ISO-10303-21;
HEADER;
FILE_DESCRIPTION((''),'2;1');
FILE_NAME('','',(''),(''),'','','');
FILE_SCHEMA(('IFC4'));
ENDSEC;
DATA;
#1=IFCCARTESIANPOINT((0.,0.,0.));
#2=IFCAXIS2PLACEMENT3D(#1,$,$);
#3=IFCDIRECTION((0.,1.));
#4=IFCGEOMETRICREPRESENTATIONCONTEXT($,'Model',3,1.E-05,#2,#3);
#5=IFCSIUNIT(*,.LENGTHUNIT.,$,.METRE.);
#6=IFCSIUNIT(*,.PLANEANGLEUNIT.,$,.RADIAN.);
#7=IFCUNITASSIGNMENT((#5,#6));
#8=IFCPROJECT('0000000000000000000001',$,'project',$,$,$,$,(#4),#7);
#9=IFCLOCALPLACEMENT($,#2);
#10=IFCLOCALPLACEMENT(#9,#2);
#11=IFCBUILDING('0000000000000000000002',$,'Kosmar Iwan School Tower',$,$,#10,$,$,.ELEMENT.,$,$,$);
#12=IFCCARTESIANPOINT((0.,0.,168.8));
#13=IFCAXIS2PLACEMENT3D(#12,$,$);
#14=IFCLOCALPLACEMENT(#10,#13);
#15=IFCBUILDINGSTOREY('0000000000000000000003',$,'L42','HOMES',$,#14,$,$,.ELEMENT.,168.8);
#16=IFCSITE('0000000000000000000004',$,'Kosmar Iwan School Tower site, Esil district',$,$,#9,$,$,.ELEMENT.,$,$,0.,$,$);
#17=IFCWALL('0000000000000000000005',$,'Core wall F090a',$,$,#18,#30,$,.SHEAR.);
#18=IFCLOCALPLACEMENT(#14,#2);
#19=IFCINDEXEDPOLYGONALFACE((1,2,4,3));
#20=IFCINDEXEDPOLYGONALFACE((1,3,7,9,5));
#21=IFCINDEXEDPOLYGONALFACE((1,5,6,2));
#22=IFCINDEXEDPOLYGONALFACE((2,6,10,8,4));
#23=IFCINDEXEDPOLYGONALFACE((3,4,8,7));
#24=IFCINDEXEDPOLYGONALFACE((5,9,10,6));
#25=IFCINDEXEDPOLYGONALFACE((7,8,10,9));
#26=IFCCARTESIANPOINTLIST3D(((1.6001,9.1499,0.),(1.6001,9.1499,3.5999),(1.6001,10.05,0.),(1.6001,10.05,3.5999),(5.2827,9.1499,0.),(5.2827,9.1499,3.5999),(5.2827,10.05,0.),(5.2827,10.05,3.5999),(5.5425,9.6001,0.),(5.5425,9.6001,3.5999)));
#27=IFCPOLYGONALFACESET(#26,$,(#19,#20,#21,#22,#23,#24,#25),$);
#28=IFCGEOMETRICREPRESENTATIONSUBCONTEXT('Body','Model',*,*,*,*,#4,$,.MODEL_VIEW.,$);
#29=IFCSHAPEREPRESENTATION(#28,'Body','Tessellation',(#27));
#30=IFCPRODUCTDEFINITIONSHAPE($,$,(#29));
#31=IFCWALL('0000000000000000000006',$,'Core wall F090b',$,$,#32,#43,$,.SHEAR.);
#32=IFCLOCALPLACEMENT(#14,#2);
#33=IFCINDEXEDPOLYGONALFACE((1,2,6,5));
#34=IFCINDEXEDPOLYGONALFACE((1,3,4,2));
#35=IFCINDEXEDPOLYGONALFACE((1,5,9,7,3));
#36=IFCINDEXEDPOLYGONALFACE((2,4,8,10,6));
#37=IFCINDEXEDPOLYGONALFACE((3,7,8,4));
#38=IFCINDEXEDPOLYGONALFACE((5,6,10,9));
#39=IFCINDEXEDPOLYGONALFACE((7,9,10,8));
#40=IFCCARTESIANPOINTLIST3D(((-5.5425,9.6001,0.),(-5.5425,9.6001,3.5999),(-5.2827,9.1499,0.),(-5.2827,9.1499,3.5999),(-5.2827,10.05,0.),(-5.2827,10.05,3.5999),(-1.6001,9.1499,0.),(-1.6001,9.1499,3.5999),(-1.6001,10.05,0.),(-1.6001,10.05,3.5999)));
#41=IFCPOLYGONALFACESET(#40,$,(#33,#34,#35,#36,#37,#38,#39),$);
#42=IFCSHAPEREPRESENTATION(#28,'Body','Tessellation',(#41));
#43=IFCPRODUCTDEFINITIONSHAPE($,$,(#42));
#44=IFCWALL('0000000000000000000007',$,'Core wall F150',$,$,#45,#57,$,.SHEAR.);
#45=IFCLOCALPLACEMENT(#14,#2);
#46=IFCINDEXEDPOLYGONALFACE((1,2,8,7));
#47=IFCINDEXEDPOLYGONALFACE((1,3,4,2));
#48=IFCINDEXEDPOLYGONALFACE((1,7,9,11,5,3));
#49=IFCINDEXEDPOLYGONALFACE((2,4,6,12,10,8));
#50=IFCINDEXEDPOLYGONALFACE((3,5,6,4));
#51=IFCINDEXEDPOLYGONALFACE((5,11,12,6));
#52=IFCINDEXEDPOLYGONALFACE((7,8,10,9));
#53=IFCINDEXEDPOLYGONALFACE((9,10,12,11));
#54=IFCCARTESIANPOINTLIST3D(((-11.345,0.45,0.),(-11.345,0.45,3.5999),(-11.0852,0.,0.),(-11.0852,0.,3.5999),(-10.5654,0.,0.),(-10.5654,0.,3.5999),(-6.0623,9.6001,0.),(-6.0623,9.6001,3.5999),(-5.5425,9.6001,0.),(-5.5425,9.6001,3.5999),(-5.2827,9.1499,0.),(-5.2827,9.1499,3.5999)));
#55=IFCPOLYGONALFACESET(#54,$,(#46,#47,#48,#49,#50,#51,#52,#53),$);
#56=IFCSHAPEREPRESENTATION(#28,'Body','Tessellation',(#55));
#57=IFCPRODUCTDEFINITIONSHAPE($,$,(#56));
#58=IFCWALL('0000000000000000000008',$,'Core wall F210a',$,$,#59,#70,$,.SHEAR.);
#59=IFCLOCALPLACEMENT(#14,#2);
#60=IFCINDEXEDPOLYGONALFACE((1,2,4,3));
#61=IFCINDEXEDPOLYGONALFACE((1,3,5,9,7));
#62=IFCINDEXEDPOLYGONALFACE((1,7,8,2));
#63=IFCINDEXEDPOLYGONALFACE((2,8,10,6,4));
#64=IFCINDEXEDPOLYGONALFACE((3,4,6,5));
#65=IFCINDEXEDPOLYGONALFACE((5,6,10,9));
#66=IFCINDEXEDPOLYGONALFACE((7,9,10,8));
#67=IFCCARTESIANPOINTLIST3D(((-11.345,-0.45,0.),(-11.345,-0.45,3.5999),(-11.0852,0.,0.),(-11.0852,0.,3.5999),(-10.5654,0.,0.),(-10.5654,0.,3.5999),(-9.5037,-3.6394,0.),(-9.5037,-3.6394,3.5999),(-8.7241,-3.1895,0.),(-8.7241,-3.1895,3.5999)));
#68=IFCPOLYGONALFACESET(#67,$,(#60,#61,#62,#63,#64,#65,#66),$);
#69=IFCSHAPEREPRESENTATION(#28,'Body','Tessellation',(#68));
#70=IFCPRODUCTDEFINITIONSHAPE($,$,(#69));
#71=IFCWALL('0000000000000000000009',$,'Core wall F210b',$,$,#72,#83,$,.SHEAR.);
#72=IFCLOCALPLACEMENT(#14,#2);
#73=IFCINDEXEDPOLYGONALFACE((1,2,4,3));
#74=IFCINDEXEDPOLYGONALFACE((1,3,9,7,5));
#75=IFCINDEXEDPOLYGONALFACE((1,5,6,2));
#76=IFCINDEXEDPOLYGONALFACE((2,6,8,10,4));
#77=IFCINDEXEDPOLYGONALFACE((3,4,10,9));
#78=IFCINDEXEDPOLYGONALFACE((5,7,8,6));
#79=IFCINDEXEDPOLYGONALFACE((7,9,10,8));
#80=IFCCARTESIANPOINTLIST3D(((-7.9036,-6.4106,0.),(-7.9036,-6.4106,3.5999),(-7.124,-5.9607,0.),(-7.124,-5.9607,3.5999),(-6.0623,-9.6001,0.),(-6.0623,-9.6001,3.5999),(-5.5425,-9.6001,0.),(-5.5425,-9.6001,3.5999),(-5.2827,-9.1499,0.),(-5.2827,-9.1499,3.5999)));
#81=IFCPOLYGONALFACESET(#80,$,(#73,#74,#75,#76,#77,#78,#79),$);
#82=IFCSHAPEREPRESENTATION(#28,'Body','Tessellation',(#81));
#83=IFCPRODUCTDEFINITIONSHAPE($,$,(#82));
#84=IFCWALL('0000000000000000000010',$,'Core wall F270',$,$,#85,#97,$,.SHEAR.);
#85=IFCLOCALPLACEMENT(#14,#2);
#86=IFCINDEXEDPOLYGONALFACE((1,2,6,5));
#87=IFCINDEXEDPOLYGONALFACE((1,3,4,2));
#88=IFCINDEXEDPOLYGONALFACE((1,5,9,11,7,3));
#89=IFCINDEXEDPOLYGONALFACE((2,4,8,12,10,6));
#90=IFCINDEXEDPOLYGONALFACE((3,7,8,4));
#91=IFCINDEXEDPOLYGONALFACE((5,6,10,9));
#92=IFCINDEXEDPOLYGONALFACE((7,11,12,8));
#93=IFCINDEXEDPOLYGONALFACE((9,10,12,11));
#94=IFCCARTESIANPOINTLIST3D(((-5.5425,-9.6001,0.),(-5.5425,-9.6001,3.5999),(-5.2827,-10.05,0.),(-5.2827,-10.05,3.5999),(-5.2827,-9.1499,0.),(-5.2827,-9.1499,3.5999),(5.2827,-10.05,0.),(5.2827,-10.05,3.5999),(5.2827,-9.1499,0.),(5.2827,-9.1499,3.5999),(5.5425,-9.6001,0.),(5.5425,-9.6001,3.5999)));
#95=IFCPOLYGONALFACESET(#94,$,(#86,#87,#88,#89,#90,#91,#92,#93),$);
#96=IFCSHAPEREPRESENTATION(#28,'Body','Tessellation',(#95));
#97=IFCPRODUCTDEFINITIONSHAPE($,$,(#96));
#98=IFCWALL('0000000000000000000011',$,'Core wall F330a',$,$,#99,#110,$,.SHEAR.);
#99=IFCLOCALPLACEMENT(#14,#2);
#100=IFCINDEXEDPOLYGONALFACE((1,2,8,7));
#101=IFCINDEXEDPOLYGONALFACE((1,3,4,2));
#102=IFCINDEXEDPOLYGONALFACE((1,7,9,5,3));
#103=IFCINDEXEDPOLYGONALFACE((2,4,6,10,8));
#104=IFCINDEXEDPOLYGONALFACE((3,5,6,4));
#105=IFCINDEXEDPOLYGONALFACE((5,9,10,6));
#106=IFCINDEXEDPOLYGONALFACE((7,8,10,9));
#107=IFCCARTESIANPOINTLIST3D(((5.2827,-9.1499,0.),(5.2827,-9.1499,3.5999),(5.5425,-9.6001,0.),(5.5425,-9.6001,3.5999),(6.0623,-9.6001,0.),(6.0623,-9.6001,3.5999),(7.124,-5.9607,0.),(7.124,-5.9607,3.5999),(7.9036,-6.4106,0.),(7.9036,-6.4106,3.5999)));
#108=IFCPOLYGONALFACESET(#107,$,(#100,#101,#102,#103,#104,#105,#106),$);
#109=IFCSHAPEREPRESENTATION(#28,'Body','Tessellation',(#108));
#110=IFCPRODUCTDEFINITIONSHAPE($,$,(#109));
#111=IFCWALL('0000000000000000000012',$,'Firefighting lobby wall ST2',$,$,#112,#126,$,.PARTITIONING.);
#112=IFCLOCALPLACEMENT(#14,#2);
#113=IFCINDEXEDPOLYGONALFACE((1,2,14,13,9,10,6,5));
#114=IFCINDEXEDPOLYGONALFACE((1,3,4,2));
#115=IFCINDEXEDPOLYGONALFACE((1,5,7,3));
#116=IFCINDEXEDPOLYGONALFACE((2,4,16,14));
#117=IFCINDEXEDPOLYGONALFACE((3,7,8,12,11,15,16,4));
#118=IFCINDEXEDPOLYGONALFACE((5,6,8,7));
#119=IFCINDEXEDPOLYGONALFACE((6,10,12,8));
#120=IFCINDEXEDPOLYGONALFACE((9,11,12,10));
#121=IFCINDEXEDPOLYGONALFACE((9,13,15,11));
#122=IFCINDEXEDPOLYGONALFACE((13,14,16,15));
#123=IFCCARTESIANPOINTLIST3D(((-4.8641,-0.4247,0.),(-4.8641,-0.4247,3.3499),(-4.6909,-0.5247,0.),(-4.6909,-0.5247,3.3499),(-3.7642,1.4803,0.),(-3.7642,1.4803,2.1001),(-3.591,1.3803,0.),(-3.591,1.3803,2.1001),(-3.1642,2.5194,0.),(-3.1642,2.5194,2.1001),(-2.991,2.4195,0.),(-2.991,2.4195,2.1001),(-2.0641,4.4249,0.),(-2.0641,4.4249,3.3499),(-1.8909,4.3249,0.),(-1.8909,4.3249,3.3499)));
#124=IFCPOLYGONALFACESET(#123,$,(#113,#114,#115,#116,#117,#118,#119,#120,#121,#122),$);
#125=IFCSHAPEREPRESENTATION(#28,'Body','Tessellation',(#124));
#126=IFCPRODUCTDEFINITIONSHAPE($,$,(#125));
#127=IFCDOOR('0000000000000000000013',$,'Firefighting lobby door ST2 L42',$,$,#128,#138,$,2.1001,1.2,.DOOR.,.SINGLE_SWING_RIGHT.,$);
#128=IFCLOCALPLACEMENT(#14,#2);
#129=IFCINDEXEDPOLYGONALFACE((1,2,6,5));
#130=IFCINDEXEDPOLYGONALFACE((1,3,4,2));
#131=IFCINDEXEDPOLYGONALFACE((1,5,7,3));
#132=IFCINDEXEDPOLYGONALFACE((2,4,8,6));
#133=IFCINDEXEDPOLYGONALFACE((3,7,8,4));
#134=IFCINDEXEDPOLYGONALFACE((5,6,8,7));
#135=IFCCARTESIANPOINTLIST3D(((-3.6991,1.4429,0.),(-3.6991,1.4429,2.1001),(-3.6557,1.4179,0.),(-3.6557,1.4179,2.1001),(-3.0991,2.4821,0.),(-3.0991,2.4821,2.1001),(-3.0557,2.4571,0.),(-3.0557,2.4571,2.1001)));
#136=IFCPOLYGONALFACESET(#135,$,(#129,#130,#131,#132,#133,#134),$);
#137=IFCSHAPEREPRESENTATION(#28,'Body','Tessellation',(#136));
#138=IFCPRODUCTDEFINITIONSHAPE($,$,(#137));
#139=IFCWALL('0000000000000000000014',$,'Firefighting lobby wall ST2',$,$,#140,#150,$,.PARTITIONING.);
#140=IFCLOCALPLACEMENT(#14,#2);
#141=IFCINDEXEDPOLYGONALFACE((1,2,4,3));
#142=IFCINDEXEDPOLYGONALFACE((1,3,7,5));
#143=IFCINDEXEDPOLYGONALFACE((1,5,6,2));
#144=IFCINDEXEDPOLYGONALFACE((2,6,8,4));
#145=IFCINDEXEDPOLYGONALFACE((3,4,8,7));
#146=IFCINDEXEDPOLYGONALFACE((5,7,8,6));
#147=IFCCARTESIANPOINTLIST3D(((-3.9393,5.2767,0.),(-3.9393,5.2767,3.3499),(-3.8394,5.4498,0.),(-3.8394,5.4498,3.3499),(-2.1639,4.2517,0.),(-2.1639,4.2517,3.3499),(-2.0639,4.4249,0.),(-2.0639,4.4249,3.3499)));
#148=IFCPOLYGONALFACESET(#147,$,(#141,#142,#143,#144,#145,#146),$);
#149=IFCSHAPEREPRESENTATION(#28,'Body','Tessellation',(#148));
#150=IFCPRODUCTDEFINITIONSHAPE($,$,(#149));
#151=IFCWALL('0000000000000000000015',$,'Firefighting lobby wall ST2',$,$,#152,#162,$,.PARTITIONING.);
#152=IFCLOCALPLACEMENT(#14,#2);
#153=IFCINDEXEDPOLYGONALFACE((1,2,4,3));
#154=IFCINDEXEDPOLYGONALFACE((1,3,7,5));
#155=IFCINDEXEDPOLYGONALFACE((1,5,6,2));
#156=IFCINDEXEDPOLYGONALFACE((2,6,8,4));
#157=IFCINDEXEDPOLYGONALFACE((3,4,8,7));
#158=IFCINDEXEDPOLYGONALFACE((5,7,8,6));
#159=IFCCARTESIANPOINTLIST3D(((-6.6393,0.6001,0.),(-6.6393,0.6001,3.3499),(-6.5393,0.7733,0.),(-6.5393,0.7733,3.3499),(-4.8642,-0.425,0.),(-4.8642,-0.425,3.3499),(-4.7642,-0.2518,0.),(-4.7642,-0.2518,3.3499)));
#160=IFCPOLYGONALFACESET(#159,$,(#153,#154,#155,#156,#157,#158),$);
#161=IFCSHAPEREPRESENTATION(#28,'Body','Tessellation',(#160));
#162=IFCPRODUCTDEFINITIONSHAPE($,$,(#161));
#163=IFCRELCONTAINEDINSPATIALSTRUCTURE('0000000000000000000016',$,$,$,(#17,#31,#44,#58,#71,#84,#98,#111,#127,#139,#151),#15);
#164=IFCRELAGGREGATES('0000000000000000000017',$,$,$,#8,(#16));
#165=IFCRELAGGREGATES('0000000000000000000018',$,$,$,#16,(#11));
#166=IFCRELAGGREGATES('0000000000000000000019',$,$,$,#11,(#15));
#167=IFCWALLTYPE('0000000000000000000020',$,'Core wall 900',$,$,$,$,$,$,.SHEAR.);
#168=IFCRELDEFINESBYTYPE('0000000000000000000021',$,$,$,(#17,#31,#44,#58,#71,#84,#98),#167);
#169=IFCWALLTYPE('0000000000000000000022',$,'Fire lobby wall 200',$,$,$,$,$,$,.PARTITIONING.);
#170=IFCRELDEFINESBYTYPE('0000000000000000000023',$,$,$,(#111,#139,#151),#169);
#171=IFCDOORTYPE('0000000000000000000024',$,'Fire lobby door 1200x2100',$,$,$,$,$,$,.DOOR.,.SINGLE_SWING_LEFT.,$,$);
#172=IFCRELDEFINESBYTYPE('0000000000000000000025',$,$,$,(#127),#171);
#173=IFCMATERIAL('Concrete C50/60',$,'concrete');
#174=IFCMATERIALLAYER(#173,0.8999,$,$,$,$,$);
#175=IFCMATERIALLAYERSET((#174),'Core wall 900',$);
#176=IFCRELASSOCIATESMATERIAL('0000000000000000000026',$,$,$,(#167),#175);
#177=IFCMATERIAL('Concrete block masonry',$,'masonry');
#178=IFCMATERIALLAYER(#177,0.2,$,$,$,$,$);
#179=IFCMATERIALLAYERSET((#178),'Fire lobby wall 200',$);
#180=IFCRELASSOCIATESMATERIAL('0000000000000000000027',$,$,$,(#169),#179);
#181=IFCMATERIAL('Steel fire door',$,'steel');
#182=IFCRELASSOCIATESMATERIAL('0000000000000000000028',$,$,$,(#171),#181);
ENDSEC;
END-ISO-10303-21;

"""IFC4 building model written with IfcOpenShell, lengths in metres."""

from ifc_helpers import new_model, si_unit, direction, frame, frame_2d, origin, place, context, subcontext, project, spatial, polyline, rectangle, outline, extrude, material, layer, layer_set, type_object, element, fill, save


model = new_model("IFC4")

# Units and contexts
model_context = context("Model", 3, precision=1e-05, world=origin(), true_north=direction((0.0, 1.0)))
body_context = subcontext(model_context, "Body", "Model", "MODEL_VIEW")
ifc_project = project(units=[si_unit("LENGTHUNIT", "METRE"), si_unit("PLANEANGLEUNIT", "RADIAN")], contexts=[model_context])

# Site, building, storey
site_placement = place(None, origin())
site = spatial("IfcSite", under=ifc_project, at=site_placement, Name="Kosmar Iwan School Tower site, Esil district", CompositionType="ELEMENT", RefElevation=0.0)
building_placement = place(site_placement, origin())
building = spatial("IfcBuilding", under=site, at=building_placement, Name="Kosmar Iwan School Tower", CompositionType="ELEMENT")
storey_placement = place(building_placement, frame((0.0, 0.0, 168.8)))
storey = spatial("IfcBuildingStorey", under=building, at=storey_placement, Name="L42", Description="HOMES", CompositionType="ELEMENT", Elevation=168.8)

# Walls
ifc_material_1 = material(Name="Concrete C50/60", Category="concrete")
ifc_layer_1 = layer(ifc_material_1, 0.8999)
ifc_layer_set_1 = layer_set([ifc_layer_1], Name="Core wall 900")
wall_type_1 = type_object("IfcWallType", Name="Core wall 900", PredefinedType="SHEAR", material=ifc_layer_set_1)
wall_1_placement = place(storey_placement, origin())
element("IfcWall", 1, at=wall_1_placement, inside=storey, type_object=wall_type_1, Name="Core wall F090a", PredefinedType="SHEAR", context=body_context, shape_type="SweptSolid", body=[
    extrude(outline(polyline([(1.6001, 9.1499), (5.2827, 9.1499), (5.5425, 9.6001), (5.2827, 10.05), (1.6001, 10.05), (1.6001, 9.1499)])), origin(), (0.0, 0.0, 1.0), 3.5999),
])
wall_2_placement = place(storey_placement, origin())
element("IfcWall", 2, at=wall_2_placement, inside=storey, type_object=wall_type_1, Name="Core wall F090b", PredefinedType="SHEAR", context=body_context, shape_type="SweptSolid", body=[
    extrude(outline(polyline([(-5.2827, 9.1499), (-1.6001, 9.1499), (-1.6001, 10.05), (-5.2827, 10.05), (-5.5425, 9.6001), (-5.2827, 9.1499)])), origin(), (0.0, 0.0, 1.0), 3.5999),
])
wall_3_placement = place(storey_placement, origin())
element("IfcWall", 3, at=wall_3_placement, inside=storey, type_object=wall_type_1, Name="Core wall F150", PredefinedType="SHEAR", context=body_context, shape_type="SweptSolid", body=[
    extrude(outline(polyline([(-11.0852, 0.0), (-10.5654, 0.0), (-5.2827, 9.1499), (-5.5425, 9.6001), (-6.0623, 9.6001), (-11.345, 0.45), (-11.0852, 0.0)])), origin(), (0.0, 0.0, 1.0), 3.5999),
])
wall_4_placement = place(storey_placement, origin())
element("IfcWall", 4, at=wall_4_placement, inside=storey, type_object=wall_type_1, Name="Core wall F210a", PredefinedType="SHEAR", context=body_context, shape_type="SweptSolid", body=[
    extrude(outline(polyline([(-9.5037, -3.6394), (-8.7241, -3.1895), (-10.5654, 0.0), (-11.0852, 0.0), (-11.345, -0.45), (-9.5037, -3.6394)])), origin(), (0.0, 0.0, 1.0), 3.5999),
])
wall_5_placement = place(storey_placement, origin())
element("IfcWall", 5, at=wall_5_placement, inside=storey, type_object=wall_type_1, Name="Core wall F210b", PredefinedType="SHEAR", context=body_context, shape_type="SweptSolid", body=[
    extrude(outline(polyline([(-6.0623, -9.6001), (-5.5425, -9.6001), (-5.2827, -9.1499), (-7.124, -5.9607), (-7.9036, -6.4106), (-6.0623, -9.6001)])), origin(), (0.0, 0.0, 1.0), 3.5999),
])
wall_6_placement = place(storey_placement, origin())
element("IfcWall", 6, at=wall_6_placement, inside=storey, type_object=wall_type_1, Name="Core wall F270", PredefinedType="SHEAR", context=body_context, shape_type="SweptSolid", body=[
    extrude(outline(polyline([(-5.2827, -10.05), (5.2827, -10.05), (5.5425, -9.6001), (5.2827, -9.1499), (-5.2827, -9.1499), (-5.5425, -9.6001), (-5.2827, -10.05)])), origin(), (0.0, 0.0, 1.0), 3.5999),
])
wall_7_placement = place(storey_placement, origin())
element("IfcWall", 7, at=wall_7_placement, inside=storey, type_object=wall_type_1, Name="Core wall F330a", PredefinedType="SHEAR", context=body_context, shape_type="SweptSolid", body=[
    extrude(outline(polyline([(5.5425, -9.6001), (6.0623, -9.6001), (7.9036, -6.4106), (7.124, -5.9607), (5.2827, -9.1499), (5.5425, -9.6001)])), origin(), (0.0, 0.0, 1.0), 3.5999),
])

# Wall, opening, door
ifc_material_2 = material(Name="Concrete block masonry", Category="masonry")
ifc_layer_2 = layer(ifc_material_2, 0.2)
ifc_layer_set_2 = layer_set([ifc_layer_2], Name="Fire lobby wall 200")
wall_type_2 = type_object("IfcWallType", Name="Fire lobby wall 200", PredefinedType="PARTITIONING", material=ifc_layer_set_2)
wall_8_placement = place(storey_placement, frame((-1.9775, 4.3748, 0.0), z_axis=(0.0, 0.0, 1.0), x_axis=(-0.500017, -0.866016, 0.0)))
wall_8 = element("IfcWall", 8, at=wall_8_placement, inside=storey, type_object=wall_type_2, Name="Firefighting lobby wall ST2", PredefinedType="PARTITIONING", context=body_context, shape_type="SweptSolid", body=[
    extrude(rectangle(XDim=5.5999, YDim=0.2, at=frame_2d((2.7998, 0.0))), origin(), (0.0, 0.0, 1.0), 3.3499),
])
opening_1_placement = place(wall_8_placement, frame((2.2, 0.0, 0.0)))
opening_1 = element("IfcOpeningElement", 9, at=opening_1_placement, cuts=wall_8, PredefinedType="OPENING", context=body_context, shape_type="SweptSolid", body=[
    extrude(rectangle(XDim=1.2, YDim=2.1001, at=frame_2d((0.6001, 1.05))), frame((0.0, 0.1121, 0.0), z_axis=(0.0, -1.0, 0.0), x_axis=(1.0, 0.0, 0.0)), (0.0, 0.0, 1.0), 0.2239),
])
ifc_material_3 = material(Name="Steel fire door", Category="steel")
door_type_1 = type_object("IfcDoorType", Name="Fire lobby door 1200x2100", OperationType="SINGLE_SWING_LEFT", PredefinedType="DOOR", material=ifc_material_3)
door_1_placement = place(opening_1_placement, frame((1.2, 0.0, 0.0), z_axis=(0.0, 0.0, 1.0), x_axis=(-1.0, 0.0, 0.0)))
door_1 = element("IfcDoor", 10, at=door_1_placement, inside=storey, type_object=door_type_1, Name="Firefighting lobby door ST2 L42", OperationType="SINGLE_SWING_RIGHT", OverallHeight=2.1001, OverallWidth=1.2, PredefinedType="DOOR", context=body_context, shape_type="SweptSolid", body=[
    extrude(rectangle(XDim=1.2, YDim=2.1001, at=frame_2d((0.6001, 1.05))), frame((0.0, 0.0249, 0.0), z_axis=(0.0, -1.0, 0.0), x_axis=(1.0, 0.0, 0.0)), (0.0, 0.0, 1.0), 0.05),
])
fill(opening_1, door_1)

# Walls
wall_9_placement = place(storey_placement, frame((-2.114, 4.3384, 0.0), z_axis=(0.0, 0.0, 1.0), x_axis=(-0.866051, 0.499956, 0.0)))
element("IfcWall", 11, at=wall_9_placement, inside=storey, type_object=wall_type_2, Name="Firefighting lobby wall ST2", PredefinedType="PARTITIONING", context=body_context, shape_type="SweptSolid", body=[
    extrude(rectangle(XDim=2.05, YDim=0.2, at=frame_2d((1.0249, 0.0))), origin(), (0.0, 0.0, 1.0), 3.3499),
])
wall_10_placement = place(storey_placement, frame((-4.8142, -0.3384, 0.0), z_axis=(0.0, 0.0, 1.0), x_axis=(-0.865969, 0.500097, 0.0)))
element("IfcWall", 12, at=wall_10_placement, inside=storey, type_object=wall_type_2, Name="Firefighting lobby wall ST2", PredefinedType="PARTITIONING", context=body_context, shape_type="SweptSolid", body=[
    extrude(rectangle(XDim=2.0498, YDim=0.2, at=frame_2d((1.0249, 0.0))), origin(), (0.0, 0.0, 1.0), 3.3499),
])

save(model, "model.ifc")
